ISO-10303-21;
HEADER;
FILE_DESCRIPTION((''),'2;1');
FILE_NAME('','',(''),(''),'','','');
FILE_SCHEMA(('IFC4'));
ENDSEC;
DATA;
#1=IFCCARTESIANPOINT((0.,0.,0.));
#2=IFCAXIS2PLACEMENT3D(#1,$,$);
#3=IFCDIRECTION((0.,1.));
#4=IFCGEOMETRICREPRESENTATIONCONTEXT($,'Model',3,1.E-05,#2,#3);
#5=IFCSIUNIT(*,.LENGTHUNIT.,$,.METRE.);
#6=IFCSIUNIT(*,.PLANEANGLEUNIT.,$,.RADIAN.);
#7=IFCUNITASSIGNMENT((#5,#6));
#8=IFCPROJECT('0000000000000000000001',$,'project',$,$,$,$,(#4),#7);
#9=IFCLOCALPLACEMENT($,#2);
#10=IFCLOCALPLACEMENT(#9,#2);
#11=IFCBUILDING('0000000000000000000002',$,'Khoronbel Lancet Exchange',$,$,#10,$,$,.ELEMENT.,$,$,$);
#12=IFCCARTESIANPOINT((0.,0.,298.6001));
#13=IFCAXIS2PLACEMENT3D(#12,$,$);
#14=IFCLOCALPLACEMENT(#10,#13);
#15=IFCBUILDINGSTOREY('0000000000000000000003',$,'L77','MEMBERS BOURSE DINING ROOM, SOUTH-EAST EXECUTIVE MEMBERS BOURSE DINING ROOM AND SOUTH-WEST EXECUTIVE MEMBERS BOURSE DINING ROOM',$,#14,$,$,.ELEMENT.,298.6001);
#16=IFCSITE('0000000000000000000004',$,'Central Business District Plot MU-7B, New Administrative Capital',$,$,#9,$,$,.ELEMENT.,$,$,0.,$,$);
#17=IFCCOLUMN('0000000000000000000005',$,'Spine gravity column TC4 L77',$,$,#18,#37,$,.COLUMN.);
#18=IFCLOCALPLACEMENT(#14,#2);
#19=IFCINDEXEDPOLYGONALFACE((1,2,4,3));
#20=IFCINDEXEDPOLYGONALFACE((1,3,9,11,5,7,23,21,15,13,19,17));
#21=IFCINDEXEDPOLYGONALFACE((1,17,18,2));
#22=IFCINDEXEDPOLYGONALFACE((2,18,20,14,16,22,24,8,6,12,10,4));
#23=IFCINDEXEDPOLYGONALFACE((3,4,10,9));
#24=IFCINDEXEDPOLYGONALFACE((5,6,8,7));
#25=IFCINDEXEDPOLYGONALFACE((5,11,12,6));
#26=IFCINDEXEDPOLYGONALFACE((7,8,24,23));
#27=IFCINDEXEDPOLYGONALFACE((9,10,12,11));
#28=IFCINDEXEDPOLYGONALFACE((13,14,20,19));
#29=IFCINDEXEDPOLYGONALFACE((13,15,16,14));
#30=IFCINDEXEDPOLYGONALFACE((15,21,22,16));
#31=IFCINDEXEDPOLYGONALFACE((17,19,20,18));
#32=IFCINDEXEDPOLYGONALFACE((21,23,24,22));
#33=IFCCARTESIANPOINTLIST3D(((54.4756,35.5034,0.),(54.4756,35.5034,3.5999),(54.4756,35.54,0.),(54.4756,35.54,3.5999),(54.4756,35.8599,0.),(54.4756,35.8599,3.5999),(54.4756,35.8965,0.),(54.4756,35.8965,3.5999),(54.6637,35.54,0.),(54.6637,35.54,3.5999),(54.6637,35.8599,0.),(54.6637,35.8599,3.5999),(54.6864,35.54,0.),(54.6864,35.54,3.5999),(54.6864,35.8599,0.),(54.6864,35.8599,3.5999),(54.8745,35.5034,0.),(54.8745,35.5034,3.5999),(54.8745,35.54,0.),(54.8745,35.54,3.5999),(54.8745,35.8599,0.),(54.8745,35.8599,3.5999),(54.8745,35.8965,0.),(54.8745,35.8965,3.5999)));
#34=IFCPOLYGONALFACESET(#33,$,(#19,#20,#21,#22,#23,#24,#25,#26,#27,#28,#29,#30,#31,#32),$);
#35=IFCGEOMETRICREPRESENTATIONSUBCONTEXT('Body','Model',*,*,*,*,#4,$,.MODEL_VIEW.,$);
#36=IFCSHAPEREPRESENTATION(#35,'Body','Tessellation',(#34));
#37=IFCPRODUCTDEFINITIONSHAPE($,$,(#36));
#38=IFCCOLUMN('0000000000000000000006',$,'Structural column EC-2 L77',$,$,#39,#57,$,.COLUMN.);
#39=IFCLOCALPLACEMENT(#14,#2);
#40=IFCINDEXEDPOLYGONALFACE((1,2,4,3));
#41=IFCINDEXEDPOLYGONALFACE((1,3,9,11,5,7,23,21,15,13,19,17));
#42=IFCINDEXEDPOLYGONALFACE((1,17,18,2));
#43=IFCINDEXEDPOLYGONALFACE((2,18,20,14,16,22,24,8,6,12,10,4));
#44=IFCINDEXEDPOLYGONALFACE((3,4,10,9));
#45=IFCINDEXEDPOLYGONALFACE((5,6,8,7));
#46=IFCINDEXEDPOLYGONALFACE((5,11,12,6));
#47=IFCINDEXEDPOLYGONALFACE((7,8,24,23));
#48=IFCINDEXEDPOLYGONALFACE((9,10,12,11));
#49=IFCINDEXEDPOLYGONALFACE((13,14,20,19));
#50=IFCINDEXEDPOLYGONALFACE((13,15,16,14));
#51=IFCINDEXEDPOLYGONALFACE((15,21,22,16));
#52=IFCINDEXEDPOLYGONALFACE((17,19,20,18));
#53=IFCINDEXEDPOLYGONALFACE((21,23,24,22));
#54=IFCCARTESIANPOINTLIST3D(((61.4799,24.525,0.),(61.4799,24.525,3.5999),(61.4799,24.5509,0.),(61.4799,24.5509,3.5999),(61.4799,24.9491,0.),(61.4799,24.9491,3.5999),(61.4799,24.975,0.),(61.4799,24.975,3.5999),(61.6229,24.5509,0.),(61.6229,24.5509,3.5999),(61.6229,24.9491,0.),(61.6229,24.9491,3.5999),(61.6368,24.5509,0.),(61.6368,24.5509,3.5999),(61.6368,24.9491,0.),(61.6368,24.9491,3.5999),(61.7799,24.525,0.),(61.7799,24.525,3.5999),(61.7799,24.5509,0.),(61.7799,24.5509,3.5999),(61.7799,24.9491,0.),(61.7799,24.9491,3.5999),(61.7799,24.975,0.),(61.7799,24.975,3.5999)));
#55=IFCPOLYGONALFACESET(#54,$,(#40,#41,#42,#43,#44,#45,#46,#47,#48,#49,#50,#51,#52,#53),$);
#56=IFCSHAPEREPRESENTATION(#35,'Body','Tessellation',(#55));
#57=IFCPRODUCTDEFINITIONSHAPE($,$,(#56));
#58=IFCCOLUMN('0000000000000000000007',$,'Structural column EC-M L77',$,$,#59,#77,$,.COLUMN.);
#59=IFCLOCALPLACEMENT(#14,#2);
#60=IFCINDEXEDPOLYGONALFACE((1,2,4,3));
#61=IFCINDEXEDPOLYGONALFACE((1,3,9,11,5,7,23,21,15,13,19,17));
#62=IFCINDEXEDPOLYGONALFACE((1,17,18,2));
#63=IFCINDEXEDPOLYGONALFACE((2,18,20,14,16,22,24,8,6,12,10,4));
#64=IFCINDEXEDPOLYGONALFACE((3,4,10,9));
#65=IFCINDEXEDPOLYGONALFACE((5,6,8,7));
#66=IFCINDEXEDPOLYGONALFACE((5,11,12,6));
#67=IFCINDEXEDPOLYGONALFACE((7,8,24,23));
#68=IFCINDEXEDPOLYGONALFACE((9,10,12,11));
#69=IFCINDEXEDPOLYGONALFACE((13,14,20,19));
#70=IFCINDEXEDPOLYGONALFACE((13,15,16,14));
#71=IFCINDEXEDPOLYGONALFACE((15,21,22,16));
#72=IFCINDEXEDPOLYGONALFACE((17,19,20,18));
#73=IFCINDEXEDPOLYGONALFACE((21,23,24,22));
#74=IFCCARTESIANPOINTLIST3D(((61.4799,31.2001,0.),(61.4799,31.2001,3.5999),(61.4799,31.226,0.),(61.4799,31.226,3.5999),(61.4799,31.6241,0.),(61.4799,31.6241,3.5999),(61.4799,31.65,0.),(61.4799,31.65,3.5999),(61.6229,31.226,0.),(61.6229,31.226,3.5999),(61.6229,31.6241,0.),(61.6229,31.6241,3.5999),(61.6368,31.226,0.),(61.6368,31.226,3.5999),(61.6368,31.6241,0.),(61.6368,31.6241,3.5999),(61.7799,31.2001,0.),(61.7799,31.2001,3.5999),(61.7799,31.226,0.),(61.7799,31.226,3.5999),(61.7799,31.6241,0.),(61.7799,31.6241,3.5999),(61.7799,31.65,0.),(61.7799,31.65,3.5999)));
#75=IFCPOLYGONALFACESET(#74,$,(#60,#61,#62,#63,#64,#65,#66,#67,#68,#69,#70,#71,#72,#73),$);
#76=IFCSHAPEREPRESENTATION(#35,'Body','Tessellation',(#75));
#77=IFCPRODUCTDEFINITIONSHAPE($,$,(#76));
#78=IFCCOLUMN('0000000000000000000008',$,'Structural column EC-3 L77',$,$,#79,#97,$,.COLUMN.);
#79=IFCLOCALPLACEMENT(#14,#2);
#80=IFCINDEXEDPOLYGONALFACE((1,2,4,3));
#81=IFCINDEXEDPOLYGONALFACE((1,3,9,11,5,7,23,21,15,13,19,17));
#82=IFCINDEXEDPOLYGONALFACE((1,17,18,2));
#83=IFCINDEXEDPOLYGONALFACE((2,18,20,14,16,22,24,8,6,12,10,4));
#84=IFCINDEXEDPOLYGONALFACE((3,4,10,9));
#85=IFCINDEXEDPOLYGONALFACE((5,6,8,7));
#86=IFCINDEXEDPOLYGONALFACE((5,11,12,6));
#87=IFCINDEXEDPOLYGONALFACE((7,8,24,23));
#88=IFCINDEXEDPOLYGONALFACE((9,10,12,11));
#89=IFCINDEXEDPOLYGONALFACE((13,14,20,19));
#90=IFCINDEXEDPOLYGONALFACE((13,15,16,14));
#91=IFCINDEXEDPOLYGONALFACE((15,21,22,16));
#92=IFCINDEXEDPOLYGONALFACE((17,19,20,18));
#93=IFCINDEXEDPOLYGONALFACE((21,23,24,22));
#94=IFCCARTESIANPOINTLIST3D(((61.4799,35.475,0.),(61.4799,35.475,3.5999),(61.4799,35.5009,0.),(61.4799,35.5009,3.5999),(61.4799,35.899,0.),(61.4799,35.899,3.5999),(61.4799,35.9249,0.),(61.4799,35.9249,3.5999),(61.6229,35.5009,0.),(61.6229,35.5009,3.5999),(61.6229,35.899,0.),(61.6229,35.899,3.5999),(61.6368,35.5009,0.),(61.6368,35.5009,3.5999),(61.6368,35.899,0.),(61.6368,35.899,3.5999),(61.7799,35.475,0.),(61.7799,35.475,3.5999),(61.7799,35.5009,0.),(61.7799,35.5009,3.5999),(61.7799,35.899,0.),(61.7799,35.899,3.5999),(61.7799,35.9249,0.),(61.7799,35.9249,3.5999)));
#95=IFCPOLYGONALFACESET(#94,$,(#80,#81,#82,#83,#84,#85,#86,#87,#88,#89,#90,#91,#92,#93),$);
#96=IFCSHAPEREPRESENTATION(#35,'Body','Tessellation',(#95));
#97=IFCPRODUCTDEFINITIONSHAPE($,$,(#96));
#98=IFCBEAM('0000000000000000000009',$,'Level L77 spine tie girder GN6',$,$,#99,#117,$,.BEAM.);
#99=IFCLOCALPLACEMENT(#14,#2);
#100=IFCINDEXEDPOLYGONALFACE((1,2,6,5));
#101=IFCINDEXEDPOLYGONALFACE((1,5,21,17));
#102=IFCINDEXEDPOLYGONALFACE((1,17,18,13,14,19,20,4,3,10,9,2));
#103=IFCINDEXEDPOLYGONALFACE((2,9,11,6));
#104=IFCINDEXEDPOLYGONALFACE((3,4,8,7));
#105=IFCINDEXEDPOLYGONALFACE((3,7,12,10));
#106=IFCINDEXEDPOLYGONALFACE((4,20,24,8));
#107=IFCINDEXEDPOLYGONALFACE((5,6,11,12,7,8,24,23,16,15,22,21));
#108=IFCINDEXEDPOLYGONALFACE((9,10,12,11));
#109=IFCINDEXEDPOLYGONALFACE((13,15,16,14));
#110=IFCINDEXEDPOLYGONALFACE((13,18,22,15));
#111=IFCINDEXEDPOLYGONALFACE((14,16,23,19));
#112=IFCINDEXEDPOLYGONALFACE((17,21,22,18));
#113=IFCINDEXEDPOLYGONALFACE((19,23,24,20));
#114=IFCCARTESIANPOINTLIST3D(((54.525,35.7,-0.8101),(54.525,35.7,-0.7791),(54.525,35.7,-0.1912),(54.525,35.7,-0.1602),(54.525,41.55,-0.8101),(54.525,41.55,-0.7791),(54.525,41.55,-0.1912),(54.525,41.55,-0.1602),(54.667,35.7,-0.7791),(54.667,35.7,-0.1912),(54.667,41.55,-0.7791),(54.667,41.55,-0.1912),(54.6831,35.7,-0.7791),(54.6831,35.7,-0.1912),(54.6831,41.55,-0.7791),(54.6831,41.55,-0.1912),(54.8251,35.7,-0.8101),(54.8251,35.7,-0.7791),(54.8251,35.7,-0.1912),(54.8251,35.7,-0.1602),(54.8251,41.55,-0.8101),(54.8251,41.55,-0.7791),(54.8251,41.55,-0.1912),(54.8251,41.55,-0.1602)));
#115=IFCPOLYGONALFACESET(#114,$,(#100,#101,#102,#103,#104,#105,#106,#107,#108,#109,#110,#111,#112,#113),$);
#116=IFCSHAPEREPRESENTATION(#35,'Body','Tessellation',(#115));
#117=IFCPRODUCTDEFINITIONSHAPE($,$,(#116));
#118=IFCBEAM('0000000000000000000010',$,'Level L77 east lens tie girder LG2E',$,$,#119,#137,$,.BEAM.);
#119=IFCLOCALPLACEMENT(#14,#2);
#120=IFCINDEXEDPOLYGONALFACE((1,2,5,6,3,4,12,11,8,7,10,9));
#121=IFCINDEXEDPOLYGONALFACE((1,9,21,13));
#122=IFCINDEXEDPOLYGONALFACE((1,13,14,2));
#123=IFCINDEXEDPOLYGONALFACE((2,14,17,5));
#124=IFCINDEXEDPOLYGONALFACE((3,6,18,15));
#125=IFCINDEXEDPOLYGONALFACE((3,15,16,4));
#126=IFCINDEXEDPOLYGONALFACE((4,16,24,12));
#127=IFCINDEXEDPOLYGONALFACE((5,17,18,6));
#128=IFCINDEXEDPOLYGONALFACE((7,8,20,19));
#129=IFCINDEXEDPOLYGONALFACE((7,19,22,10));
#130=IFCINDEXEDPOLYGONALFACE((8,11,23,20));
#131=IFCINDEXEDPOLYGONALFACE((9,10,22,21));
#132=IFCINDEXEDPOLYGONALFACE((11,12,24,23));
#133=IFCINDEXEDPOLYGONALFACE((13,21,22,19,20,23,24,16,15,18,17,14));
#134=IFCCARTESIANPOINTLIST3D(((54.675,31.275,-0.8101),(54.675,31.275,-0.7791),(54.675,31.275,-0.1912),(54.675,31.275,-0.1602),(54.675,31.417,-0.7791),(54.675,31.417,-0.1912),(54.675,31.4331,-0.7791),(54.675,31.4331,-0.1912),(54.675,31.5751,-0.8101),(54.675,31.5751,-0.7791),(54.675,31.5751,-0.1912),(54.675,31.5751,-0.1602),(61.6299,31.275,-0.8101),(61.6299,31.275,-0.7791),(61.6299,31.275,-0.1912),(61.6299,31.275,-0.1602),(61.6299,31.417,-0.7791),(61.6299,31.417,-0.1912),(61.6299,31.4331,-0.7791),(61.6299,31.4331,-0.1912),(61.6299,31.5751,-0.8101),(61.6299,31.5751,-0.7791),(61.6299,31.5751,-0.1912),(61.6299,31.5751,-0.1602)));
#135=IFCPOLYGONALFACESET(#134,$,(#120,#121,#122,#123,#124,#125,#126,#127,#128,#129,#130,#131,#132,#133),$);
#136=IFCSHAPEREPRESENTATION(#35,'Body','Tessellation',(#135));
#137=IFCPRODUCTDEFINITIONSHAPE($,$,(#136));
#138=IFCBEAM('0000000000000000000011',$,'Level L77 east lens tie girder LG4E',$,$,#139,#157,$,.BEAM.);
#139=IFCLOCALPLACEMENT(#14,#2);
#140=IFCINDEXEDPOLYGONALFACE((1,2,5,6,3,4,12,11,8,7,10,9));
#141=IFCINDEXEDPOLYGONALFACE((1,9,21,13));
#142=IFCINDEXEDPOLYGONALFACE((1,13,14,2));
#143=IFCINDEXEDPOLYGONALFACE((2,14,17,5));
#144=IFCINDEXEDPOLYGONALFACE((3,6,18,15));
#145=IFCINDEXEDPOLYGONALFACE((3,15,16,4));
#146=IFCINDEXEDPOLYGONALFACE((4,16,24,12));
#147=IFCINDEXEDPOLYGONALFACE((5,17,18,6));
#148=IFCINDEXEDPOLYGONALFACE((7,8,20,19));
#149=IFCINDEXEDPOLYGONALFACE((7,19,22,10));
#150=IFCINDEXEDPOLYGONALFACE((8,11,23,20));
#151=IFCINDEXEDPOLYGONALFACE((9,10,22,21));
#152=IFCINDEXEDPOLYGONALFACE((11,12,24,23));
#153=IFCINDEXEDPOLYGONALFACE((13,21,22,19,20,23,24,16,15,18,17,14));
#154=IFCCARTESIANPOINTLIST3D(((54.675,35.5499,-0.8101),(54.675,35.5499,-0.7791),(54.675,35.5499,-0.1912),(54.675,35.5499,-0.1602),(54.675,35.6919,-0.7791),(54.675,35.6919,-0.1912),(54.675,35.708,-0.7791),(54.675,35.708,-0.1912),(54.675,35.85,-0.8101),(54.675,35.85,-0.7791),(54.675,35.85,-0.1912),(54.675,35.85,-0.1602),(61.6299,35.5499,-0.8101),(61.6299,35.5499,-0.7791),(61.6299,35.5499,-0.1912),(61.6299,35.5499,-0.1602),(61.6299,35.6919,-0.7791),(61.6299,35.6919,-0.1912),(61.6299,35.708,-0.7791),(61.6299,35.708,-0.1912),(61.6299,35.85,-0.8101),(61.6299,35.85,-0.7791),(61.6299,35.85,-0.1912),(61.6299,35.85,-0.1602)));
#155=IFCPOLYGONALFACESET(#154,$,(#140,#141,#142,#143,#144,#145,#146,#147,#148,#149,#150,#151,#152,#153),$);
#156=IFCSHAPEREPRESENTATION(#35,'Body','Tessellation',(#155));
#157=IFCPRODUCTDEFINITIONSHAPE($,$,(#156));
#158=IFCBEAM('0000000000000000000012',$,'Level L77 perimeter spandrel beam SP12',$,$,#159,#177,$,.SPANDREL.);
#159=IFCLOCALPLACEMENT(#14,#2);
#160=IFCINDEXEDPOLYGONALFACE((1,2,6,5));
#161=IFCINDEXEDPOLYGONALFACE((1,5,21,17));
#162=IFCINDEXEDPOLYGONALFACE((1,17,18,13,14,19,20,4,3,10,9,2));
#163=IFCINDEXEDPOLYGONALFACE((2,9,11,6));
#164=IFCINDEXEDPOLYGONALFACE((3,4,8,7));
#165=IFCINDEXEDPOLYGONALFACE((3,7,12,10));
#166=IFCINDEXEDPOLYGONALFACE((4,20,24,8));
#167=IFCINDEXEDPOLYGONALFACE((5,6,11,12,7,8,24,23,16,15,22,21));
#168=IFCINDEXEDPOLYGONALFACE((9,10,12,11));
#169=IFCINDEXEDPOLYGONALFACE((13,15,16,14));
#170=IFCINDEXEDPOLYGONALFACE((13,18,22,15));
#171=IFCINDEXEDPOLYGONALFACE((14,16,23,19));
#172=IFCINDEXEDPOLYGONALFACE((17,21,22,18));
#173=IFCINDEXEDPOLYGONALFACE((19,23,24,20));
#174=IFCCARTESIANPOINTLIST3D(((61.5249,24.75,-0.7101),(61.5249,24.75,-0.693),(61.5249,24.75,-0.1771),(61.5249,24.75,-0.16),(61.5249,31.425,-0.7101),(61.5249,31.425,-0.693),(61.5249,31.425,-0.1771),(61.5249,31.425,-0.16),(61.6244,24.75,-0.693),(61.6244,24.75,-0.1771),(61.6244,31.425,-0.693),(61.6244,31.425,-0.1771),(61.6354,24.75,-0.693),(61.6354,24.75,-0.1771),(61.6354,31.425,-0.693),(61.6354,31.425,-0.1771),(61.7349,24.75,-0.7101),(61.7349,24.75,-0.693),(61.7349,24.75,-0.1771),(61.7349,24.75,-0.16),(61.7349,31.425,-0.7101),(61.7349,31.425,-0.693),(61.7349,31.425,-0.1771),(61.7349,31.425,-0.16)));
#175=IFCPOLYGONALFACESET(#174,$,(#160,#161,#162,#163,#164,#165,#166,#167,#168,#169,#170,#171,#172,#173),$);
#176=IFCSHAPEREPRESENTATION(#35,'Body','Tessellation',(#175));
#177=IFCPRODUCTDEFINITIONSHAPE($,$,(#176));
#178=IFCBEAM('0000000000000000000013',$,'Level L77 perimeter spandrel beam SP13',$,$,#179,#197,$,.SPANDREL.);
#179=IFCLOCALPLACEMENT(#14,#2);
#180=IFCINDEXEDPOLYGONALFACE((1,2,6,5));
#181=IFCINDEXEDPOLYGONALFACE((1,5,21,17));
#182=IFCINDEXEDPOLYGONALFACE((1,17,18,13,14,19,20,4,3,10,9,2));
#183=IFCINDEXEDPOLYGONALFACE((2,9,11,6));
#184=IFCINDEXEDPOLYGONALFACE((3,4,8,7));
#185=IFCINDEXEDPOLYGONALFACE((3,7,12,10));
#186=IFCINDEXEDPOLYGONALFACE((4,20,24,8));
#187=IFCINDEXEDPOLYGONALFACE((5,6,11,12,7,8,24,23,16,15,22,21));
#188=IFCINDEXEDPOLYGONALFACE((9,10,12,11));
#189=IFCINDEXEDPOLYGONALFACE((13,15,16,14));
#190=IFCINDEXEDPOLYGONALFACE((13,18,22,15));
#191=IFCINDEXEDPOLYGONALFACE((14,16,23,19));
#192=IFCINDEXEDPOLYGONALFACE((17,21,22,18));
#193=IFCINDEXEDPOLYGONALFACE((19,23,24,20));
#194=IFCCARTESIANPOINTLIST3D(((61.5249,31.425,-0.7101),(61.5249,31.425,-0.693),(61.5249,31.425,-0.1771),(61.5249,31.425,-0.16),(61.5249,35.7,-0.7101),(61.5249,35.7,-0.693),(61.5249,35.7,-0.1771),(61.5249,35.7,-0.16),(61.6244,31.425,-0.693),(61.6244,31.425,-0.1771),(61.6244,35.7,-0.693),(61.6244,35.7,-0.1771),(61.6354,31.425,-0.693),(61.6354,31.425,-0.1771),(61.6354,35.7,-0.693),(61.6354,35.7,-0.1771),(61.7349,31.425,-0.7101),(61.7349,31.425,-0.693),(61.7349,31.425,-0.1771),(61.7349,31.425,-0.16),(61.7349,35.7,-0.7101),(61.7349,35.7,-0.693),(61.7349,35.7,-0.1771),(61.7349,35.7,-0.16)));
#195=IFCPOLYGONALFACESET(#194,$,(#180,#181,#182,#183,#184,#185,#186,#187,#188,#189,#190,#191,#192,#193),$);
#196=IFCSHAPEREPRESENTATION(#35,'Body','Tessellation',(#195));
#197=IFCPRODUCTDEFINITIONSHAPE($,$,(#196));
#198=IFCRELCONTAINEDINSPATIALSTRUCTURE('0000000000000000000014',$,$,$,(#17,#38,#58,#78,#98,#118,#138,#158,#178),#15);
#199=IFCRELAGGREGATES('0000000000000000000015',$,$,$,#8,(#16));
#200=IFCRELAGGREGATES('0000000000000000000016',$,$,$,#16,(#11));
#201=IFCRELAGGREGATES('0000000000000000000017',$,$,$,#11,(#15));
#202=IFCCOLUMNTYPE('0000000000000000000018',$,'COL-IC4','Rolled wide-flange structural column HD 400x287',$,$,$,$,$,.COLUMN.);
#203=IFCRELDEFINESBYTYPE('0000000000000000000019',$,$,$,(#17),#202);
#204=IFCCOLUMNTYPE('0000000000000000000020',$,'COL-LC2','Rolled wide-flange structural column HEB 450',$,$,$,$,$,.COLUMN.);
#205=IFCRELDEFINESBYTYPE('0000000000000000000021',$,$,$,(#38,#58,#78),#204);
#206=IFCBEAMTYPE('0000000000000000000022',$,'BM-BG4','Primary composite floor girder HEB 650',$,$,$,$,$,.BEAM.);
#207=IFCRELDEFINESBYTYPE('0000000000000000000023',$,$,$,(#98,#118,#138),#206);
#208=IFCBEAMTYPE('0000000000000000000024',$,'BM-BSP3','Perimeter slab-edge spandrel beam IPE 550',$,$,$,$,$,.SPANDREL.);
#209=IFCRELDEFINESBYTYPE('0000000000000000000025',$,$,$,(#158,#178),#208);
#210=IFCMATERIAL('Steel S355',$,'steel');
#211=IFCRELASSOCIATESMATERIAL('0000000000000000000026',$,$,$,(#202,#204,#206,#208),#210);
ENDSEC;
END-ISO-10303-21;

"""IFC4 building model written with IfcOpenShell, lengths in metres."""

from ifc_helpers import new_model, si_unit, direction, frame, origin, origin_2d, place, context, subcontext, project, spatial, i_section, extrude, material, material_profile, profile_set, type_object, element, save


model = new_model("IFC4")

# Units and contexts
model_context = context("Model", 3, precision=1e-05, world=origin(), true_north=direction((0.0, 1.0)))
body_context = subcontext(model_context, "Body", "Model", "MODEL_VIEW")
ifc_project = project(units=[si_unit("LENGTHUNIT", "METRE"), si_unit("PLANEANGLEUNIT", "RADIAN")], contexts=[model_context])

# Site, building, storey
site_placement = place(None, origin())
site = spatial("IfcSite", under=ifc_project, at=site_placement, Name="Central Business District Plot MU-7B, New Administrative Capital", CompositionType="ELEMENT", RefElevation=0.0)
building_placement = place(site_placement, origin())
building = spatial("IfcBuilding", under=site, at=building_placement, Name="Khoronbel Lancet Exchange", CompositionType="ELEMENT")
storey_placement = place(building_placement, frame((0.0, 0.0, 298.6001)))
storey = spatial("IfcBuildingStorey", under=building, at=storey_placement, Name="L77", Description="MEMBERS BOURSE DINING ROOM, SOUTH-EAST EXECUTIVE MEMBERS BOURSE DINING ROOM AND SOUTH-WEST EXECUTIVE MEMBERS BOURSE DINING ROOM", CompositionType="ELEMENT", Elevation=298.6001)

# Columns
ifc_material_1 = material(Name="Steel S355", Category="steel")
ifc_material_profile_1 = material_profile(ifc_material_1, i_section(OverallWidth=0.3989, OverallDepth=0.3931, WebThickness=0.0227, FlangeThickness=0.0366, at=origin_2d()), Name="HD 400x287")
ifc_profile_set_1 = profile_set([ifc_material_profile_1], Name="Steel S355")
column_type_1 = type_object("IfcColumnType", Name="COL-IC4", Description="Rolled wide-flange structural column HD 400x287", PredefinedType="COLUMN", material=ifc_profile_set_1)
column_placement = place(storey_placement, frame((54.675, 35.7, 0.0), z_axis=(0.0, 0.0, 1.0), x_axis=(1.0, 0.0, 0.0)))
element("IfcColumn", 1, at=column_placement, inside=storey, type_object=column_type_1, Name="Spine gravity column TC4 L77", PredefinedType="COLUMN", context=body_context, shape_type="SweptSolid", body=[
    extrude(i_section(OverallWidth=0.3989, OverallDepth=0.3931, WebThickness=0.0227, FlangeThickness=0.0366, at=origin_2d()), origin(), (0.0, 0.0, 1.0), 3.5999),
])
ifc_material_profile_2 = material_profile(ifc_material_1, i_section(OverallWidth=0.3, OverallDepth=0.45, WebThickness=0.0139, FlangeThickness=0.0259, at=origin_2d()), Name="HEB 450")
ifc_profile_set_2 = profile_set([ifc_material_profile_2], Name="Steel S355")
column_type_2 = type_object("IfcColumnType", Name="COL-LC2", Description="Rolled wide-flange structural column HEB 450", PredefinedType="COLUMN", material=ifc_profile_set_2)
for number, where, z_axis, x_axis, name in (
    (2, (61.6299, 24.75, 0.0), (0.0, 0.0, 1.0), (1.0, 0.0, 0.0), "Structural column EC-2 L77"),
    (3, (61.6299, 31.425, 0.0), (0.0, 0.0, 1.0), (1.0, 0.0, 0.0), "Structural column EC-M L77"),
    (4, (61.6299, 35.7, 0.0), (0.0, 0.0, 1.0), (1.0, 0.0, 0.0), "Structural column EC-3 L77"),
):
    element("IfcColumn", number, at=place(storey_placement, frame(where, z_axis=z_axis, x_axis=x_axis)), inside=storey, type_object=column_type_2, Name=name, PredefinedType="COLUMN", context=body_context, shape_type="SweptSolid", body=[
        extrude(i_section(OverallWidth=0.3, OverallDepth=0.45, WebThickness=0.0139, FlangeThickness=0.0259, at=origin_2d()), origin(), (0.0, 0.0, 1.0), 3.5999),
    ])

# Beams
ifc_material_profile_3 = material_profile(ifc_material_1, i_section(OverallWidth=0.3, OverallDepth=0.6499, WebThickness=0.0161, FlangeThickness=0.031, at=origin_2d()), Name="HEB 650")
ifc_profile_set_3 = profile_set([ifc_material_profile_3], Name="Steel S355")
beam_type_1 = type_object("IfcBeamType", Name="BM-BG4", Description="Primary composite floor girder HEB 650", PredefinedType="BEAM", material=ifc_profile_set_3)
beam_1_placement = place(storey_placement, frame((54.675, 35.7, -0.4851), z_axis=(0.0, 1.0, 0.0), x_axis=(-1.0, 0.0, 0.0)))
element("IfcBeam", 5, at=beam_1_placement, inside=storey, type_object=beam_type_1, Name="Level L77 spine tie girder GN6", PredefinedType="BEAM", context=body_context, shape_type="SweptSolid", body=[
    extrude(i_section(OverallWidth=0.3, OverallDepth=0.6499, WebThickness=0.0161, FlangeThickness=0.031, at=origin_2d()), origin(), (0.0, 0.0, 1.0), 5.8501),
])
for number, where, z_axis, x_axis, name in (
    (6, (54.675, 31.425, -0.4851), (1.0, 0.0, 0.0), (0.0, 1.0, 0.0), "Level L77 east lens tie girder LG2E"),
    (7, (54.675, 35.7, -0.4851), (1.0, 0.0, 0.0), (0.0, 1.0, 0.0), "Level L77 east lens tie girder LG4E"),
):
    element("IfcBeam", number, at=place(storey_placement, frame(where, z_axis=z_axis, x_axis=x_axis)), inside=storey, type_object=beam_type_1, Name=name, PredefinedType="BEAM", context=body_context, shape_type="SweptSolid", body=[
        extrude(i_section(OverallWidth=0.3, OverallDepth=0.6499, WebThickness=0.0161, FlangeThickness=0.031, at=origin_2d()), origin(), (0.0, 0.0, 1.0), 6.9548),
    ])
ifc_material_profile_4 = material_profile(ifc_material_1, i_section(OverallWidth=0.21, OverallDepth=0.55, WebThickness=0.011, FlangeThickness=0.0171, at=origin_2d()), Name="IPE 550")
ifc_profile_set_4 = profile_set([ifc_material_profile_4], Name="Steel S355")
beam_type_2 = type_object("IfcBeamType", Name="BM-BSP3", Description="Perimeter slab-edge spandrel beam IPE 550", PredefinedType="SPANDREL", material=ifc_profile_set_4)
beam_2_placement = place(storey_placement, frame((61.6299, 24.75, -0.4351), z_axis=(0.0, 1.0, 0.0), x_axis=(-1.0, 0.0, 0.0)))
element("IfcBeam", 8, at=beam_2_placement, inside=storey, type_object=beam_type_2, Name="Level L77 perimeter spandrel beam SP12", PredefinedType="SPANDREL", context=body_context, shape_type="SweptSolid", body=[
    extrude(i_section(OverallWidth=0.21, OverallDepth=0.55, WebThickness=0.011, FlangeThickness=0.0171, at=origin_2d()), origin(), (0.0, 0.0, 1.0), 6.675),
])
beam_3_placement = place(storey_placement, frame((61.6299, 31.425, -0.4351), z_axis=(0.0, 1.0, 0.0), x_axis=(-1.0, 0.0, 0.0)))
element("IfcBeam", 9, at=beam_3_placement, inside=storey, type_object=beam_type_2, Name="Level L77 perimeter spandrel beam SP13", PredefinedType="SPANDREL", context=body_context, shape_type="SweptSolid", body=[
    extrude(i_section(OverallWidth=0.21, OverallDepth=0.55, WebThickness=0.011, FlangeThickness=0.0171, at=origin_2d()), origin(), (0.0, 0.0, 1.0), 4.2749),
])

save(model, "model.ifc")
